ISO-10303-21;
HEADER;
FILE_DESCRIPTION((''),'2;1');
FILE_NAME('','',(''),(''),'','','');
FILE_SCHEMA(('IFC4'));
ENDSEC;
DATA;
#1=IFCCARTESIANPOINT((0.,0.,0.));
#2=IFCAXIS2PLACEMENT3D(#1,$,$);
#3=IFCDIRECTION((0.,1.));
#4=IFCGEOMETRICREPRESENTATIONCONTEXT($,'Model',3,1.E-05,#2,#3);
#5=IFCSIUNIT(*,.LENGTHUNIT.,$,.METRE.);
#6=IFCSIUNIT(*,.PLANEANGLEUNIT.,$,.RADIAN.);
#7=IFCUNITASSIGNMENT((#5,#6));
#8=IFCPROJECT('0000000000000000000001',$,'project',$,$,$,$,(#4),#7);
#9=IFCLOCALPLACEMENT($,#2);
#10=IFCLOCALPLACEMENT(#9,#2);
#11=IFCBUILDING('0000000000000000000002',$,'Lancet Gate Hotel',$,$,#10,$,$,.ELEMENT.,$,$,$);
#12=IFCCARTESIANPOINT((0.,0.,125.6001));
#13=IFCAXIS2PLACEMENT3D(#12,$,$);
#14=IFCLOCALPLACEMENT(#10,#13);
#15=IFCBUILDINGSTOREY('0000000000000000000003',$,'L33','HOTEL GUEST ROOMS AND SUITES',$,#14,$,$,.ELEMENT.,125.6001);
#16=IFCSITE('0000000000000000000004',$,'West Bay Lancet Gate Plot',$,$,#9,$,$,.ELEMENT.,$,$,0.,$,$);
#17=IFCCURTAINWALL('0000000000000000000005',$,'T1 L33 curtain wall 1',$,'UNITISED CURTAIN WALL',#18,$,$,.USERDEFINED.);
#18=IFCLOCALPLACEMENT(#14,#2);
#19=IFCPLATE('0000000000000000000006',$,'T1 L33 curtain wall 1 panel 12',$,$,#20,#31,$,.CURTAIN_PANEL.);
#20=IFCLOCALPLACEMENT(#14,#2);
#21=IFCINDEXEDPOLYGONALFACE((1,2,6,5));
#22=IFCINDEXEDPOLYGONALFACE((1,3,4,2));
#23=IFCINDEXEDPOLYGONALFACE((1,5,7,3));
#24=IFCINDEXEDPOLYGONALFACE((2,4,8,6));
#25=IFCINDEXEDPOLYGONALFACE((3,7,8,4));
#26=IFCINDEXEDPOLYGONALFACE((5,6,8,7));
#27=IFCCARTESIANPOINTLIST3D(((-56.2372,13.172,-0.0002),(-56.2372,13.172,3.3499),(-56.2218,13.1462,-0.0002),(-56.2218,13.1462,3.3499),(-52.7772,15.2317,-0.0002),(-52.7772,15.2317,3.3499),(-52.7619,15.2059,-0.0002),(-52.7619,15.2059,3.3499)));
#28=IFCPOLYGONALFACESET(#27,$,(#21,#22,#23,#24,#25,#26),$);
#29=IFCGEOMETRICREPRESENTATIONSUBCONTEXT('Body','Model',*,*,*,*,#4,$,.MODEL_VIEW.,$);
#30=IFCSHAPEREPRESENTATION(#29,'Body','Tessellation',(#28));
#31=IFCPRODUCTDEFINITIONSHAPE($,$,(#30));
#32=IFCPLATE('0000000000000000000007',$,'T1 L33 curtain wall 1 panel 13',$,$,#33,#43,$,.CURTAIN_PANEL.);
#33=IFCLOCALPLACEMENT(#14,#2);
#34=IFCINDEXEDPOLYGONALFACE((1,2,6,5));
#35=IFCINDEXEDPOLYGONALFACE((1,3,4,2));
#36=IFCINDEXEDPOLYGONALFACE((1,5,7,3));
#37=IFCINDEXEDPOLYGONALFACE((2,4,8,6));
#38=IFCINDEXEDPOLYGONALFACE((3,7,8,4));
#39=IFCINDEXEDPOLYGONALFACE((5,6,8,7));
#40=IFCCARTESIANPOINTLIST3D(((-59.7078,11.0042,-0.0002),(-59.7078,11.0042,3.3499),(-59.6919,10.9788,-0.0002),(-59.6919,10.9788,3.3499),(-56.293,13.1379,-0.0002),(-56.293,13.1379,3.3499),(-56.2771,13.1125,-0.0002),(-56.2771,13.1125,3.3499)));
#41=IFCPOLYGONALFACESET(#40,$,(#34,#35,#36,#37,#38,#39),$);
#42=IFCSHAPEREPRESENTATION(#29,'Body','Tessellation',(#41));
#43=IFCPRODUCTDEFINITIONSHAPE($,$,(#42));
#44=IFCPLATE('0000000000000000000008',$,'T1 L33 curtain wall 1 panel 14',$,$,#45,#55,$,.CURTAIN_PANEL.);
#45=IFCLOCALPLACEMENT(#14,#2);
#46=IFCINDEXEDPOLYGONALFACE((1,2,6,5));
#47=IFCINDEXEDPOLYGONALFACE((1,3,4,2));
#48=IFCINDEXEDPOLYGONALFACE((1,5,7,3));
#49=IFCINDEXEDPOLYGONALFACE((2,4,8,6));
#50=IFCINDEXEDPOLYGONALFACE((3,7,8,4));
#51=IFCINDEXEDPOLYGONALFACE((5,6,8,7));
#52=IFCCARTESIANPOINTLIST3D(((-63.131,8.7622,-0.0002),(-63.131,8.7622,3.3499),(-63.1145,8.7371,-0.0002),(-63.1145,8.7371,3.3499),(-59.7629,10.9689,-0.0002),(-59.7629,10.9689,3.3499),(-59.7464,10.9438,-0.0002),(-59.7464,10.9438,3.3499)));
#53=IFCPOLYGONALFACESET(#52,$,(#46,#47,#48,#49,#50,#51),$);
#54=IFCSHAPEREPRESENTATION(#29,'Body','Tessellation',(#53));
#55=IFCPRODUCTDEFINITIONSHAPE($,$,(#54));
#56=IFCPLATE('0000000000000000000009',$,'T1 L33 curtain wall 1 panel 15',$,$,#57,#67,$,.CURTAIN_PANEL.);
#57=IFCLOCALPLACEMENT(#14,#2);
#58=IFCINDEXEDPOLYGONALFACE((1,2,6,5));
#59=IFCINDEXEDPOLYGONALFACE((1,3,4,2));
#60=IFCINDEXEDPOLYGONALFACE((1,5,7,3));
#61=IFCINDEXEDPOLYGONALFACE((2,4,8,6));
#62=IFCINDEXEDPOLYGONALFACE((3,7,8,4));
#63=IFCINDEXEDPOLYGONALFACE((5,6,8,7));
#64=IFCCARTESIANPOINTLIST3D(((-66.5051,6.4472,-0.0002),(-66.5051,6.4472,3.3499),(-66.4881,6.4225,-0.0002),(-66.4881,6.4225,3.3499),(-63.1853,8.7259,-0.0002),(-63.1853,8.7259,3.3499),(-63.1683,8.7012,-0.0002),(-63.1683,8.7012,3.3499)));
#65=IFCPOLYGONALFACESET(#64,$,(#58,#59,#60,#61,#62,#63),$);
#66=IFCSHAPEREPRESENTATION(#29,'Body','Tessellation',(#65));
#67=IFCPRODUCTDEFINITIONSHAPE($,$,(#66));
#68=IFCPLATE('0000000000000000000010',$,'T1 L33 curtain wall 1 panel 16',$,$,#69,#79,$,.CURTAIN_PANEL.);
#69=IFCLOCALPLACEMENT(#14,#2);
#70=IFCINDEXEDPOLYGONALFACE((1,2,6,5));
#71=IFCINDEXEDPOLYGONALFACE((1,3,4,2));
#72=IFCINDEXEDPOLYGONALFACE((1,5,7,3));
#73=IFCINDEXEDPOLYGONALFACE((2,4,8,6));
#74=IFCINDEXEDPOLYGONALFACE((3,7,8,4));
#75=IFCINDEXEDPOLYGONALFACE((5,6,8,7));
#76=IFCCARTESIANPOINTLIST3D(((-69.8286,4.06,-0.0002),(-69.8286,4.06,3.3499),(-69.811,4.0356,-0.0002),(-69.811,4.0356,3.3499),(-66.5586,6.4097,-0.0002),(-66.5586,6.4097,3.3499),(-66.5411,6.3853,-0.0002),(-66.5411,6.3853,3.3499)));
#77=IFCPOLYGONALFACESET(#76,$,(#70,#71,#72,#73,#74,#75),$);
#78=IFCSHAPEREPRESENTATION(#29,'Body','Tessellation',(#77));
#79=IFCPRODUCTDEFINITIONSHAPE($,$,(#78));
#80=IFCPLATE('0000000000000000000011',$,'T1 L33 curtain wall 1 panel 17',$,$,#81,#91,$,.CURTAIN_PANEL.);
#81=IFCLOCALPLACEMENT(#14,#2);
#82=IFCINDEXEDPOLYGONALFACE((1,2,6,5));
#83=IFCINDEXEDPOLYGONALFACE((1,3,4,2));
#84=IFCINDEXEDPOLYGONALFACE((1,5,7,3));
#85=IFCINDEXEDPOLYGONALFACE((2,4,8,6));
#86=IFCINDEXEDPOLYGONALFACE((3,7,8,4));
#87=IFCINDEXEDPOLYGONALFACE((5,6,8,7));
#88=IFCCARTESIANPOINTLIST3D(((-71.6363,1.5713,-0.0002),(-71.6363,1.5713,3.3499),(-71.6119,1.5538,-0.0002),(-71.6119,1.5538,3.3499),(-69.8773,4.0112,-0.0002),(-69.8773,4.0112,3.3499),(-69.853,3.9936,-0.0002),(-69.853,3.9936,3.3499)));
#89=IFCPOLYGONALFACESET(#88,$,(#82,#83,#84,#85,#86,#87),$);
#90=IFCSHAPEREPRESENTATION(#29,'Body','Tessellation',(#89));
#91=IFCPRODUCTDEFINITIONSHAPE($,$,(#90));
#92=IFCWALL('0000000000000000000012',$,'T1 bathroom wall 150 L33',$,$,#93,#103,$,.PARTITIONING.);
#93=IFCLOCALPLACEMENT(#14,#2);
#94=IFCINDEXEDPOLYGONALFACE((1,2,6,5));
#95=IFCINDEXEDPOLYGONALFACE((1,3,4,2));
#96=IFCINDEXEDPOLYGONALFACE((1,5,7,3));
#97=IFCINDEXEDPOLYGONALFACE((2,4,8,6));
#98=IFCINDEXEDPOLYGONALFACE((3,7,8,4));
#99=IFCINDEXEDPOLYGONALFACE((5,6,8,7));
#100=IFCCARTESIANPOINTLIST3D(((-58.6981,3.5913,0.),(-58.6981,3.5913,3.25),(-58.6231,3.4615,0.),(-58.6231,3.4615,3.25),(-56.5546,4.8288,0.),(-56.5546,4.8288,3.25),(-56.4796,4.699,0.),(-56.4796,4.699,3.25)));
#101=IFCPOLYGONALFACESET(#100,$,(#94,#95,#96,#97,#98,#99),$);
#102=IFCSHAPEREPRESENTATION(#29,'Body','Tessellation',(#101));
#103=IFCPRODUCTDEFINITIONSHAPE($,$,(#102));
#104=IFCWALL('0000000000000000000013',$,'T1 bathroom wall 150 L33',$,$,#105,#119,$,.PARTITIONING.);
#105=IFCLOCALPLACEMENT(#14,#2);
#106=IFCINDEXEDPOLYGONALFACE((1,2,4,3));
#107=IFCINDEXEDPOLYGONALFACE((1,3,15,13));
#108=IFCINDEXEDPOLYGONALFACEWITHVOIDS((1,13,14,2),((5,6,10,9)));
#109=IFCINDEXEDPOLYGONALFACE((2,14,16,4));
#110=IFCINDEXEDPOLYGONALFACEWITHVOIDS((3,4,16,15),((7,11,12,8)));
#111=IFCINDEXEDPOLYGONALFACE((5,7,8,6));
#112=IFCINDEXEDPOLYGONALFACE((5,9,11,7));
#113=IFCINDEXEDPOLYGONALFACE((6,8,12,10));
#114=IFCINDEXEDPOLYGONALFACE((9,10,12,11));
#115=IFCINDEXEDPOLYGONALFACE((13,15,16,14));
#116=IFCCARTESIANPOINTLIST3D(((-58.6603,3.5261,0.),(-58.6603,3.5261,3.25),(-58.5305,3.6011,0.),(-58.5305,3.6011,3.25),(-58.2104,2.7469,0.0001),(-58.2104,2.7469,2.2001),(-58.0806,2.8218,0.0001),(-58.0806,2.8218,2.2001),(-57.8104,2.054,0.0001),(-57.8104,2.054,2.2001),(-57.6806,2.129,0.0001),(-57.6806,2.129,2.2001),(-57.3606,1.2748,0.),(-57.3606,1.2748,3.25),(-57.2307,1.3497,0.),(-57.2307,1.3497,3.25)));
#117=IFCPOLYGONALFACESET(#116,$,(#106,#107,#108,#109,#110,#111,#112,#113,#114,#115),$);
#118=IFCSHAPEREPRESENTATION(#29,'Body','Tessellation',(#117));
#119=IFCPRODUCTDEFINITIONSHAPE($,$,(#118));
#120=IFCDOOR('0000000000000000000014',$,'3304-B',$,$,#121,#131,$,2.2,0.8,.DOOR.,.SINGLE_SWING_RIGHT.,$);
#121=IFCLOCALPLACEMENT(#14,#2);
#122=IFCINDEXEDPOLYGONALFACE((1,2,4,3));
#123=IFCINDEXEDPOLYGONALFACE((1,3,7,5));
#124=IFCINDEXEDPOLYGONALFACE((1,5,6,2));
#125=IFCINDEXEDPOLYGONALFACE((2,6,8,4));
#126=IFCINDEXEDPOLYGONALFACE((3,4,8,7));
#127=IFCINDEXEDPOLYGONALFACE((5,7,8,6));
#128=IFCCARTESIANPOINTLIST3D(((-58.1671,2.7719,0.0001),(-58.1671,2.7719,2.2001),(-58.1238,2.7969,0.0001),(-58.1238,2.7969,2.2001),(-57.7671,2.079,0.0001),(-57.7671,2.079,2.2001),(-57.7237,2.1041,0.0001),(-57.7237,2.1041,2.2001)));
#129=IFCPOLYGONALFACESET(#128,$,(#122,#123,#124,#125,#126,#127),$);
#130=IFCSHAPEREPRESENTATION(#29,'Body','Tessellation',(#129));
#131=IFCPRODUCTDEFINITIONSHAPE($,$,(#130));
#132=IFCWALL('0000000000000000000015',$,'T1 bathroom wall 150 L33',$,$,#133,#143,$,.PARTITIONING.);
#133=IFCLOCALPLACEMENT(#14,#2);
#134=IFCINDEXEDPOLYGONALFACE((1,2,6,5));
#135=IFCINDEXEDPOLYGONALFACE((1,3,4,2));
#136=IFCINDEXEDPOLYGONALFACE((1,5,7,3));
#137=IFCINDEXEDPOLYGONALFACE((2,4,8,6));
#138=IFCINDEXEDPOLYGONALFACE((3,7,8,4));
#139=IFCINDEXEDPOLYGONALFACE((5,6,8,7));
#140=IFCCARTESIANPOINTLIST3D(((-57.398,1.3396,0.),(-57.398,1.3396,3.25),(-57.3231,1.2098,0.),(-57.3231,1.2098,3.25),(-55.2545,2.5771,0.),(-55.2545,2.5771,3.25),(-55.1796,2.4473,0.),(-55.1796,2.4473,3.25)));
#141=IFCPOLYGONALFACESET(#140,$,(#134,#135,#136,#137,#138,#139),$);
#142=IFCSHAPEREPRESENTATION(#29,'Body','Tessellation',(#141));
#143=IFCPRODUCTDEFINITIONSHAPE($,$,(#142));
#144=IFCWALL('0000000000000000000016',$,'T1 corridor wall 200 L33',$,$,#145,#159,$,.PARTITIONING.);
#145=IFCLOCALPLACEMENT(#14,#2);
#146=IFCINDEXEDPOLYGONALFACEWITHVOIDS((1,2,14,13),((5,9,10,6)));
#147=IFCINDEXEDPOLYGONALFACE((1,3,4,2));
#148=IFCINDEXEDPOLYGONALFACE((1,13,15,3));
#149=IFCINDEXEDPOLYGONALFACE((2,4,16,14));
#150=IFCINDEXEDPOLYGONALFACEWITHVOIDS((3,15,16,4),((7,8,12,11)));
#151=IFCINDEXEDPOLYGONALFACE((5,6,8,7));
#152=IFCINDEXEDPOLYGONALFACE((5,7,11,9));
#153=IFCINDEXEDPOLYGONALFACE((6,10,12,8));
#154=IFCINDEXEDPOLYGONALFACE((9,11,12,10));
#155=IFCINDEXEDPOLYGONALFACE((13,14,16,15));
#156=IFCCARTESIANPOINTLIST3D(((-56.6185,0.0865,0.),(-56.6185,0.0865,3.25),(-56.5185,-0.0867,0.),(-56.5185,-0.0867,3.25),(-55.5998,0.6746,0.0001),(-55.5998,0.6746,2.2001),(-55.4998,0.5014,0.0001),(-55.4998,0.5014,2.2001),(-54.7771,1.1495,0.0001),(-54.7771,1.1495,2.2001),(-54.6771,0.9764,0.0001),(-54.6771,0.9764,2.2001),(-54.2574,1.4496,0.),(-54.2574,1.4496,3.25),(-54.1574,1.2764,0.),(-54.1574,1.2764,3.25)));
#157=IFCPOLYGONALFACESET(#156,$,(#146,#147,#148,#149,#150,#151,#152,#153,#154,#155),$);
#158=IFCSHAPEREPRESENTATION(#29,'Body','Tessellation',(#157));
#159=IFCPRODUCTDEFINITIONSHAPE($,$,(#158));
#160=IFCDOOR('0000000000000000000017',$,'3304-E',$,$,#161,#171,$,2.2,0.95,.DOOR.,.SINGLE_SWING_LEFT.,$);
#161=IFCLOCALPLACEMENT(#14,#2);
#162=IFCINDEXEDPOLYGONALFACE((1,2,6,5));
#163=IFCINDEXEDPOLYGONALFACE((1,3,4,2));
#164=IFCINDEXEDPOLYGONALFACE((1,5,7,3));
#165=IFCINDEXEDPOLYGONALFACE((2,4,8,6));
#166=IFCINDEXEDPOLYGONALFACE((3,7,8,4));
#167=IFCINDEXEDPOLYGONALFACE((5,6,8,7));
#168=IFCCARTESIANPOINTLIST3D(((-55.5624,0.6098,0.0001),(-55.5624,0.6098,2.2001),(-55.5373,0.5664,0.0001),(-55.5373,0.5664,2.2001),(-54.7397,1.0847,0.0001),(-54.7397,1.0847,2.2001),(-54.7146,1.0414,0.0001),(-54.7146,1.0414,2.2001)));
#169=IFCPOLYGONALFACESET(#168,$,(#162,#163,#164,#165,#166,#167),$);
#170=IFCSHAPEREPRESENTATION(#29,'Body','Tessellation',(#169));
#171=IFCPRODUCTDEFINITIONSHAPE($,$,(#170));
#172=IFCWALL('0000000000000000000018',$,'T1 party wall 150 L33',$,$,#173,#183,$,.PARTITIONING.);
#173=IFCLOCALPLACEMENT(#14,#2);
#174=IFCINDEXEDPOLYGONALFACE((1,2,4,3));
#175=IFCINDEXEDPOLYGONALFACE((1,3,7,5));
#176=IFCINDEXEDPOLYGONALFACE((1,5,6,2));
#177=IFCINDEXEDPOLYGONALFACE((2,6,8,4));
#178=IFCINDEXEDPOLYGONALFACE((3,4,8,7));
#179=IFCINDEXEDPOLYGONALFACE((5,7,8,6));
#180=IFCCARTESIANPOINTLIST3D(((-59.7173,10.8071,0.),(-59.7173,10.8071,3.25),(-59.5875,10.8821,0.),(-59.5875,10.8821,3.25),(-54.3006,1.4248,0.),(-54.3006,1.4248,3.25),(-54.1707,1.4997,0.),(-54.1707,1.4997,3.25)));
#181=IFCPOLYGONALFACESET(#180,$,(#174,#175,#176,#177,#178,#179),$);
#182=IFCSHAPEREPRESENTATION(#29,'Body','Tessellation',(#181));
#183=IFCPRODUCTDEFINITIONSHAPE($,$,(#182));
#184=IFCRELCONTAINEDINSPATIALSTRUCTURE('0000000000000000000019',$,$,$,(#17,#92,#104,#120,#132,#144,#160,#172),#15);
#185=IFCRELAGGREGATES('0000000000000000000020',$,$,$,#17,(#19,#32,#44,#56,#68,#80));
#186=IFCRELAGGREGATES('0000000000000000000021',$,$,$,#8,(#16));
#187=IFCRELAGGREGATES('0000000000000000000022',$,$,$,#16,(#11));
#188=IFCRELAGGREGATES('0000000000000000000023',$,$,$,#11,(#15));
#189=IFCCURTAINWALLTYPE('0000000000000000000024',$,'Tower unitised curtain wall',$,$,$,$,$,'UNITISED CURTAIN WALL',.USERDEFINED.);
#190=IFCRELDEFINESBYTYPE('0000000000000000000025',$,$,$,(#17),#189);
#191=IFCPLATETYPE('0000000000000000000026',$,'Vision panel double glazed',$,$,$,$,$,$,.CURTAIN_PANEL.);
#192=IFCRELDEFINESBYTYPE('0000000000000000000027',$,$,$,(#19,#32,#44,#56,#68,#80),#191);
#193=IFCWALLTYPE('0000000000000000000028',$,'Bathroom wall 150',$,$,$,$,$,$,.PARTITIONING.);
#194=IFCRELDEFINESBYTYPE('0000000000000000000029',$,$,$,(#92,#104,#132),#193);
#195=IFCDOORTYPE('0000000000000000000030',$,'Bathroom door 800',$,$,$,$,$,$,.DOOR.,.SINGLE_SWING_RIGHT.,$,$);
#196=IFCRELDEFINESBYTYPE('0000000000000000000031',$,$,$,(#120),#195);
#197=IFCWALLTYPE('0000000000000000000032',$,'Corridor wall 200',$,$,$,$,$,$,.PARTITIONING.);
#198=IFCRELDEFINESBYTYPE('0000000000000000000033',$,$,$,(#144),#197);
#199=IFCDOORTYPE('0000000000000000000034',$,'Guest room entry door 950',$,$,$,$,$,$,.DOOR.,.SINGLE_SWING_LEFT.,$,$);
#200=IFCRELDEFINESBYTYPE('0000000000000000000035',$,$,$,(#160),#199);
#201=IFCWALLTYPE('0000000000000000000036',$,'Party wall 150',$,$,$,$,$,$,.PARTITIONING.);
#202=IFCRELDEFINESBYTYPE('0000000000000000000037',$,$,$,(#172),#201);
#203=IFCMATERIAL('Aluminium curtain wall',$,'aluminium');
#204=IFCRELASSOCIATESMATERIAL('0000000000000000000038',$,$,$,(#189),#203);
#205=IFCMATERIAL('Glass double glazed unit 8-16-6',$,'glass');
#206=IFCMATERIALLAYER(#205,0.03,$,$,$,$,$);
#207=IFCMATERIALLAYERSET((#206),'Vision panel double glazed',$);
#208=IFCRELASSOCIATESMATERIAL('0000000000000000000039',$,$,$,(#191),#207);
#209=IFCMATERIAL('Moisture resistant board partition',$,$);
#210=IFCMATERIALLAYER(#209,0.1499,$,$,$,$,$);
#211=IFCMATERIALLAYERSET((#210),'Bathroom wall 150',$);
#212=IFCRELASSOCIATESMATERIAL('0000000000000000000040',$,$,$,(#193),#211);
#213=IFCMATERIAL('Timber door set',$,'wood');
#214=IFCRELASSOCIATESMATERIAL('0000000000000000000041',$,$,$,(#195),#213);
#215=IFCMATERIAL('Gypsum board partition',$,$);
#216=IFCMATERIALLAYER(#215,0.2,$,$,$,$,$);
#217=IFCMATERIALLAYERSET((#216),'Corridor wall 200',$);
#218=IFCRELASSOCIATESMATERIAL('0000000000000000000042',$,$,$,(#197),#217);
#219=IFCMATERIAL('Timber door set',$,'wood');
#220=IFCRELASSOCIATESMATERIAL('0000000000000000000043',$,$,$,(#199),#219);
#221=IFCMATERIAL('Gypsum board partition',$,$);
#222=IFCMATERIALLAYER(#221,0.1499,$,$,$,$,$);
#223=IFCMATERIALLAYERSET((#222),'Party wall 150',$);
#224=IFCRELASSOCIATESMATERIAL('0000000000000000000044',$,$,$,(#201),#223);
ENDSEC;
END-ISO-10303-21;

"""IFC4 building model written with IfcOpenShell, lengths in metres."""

from ifc_helpers import new_model, si_unit, direction, frame, frame_2d, origin, origin_2d, place, context, subcontext, project, spatial, rectangle, extrude, material, layer, layer_set, type_object, element, fill, aggregate, save


model = new_model("IFC4")

# Units and contexts
model_context = context("Model", 3, precision=1e-05, world=origin(), true_north=direction((0.0, 1.0)))
body_context = subcontext(model_context, "Body", "Model", "MODEL_VIEW")
ifc_project = project(units=[si_unit("LENGTHUNIT", "METRE"), si_unit("PLANEANGLEUNIT", "RADIAN")], contexts=[model_context])

# Site, building, storey
site_placement = place(None, origin())
site = spatial("IfcSite", under=ifc_project, at=site_placement, Name="West Bay Lancet Gate Plot", CompositionType="ELEMENT", RefElevation=0.0)
building_placement = place(site_placement, origin())
building = spatial("IfcBuilding", under=site, at=building_placement, Name="Lancet Gate Hotel", CompositionType="ELEMENT")
storey_placement = place(building_placement, frame((0.0, 0.0, 125.6001)))
storey = spatial("IfcBuildingStorey", under=building, at=storey_placement, Name="L33", Description="HOTEL GUEST ROOMS AND SUITES", CompositionType="ELEMENT", Elevation=125.6001)

# Curtain wall
ifc_material_1 = material(Name="Aluminium curtain wall", Category="aluminium")
curtain_wall_type = type_object("IfcCurtainWallType", Name="Tower unitised curtain wall", ElementType="UNITISED CURTAIN WALL", PredefinedType="USERDEFINED", material=ifc_material_1)
curtain_wall_placement = place(storey_placement, origin())
curtain_wall = element("IfcCurtainWall", 1, at=curtain_wall_placement, inside=storey, type_object=curtain_wall_type, Name="T1 L33 curtain wall 1", ObjectType="UNITISED CURTAIN WALL", PredefinedType="USERDEFINED")

# Plates
ifc_material_2 = material(Name="Glass double glazed unit 8-16-6", Category="glass")
ifc_layer_1 = layer(ifc_material_2, 0.03)
ifc_layer_set_1 = layer_set([ifc_layer_1], Name="Vision panel double glazed")
plate_type = type_object("IfcPlateType", Name="Vision panel double glazed", PredefinedType="CURTAIN_PANEL", material=ifc_layer_set_1)
plate_1_placement = place(storey_placement, frame((-54.4995, 14.189, -0.0002), z_axis=(0.0, 0.0, 1.0), x_axis=(-0.859271, -0.51152, 0.0)))
plate_1 = element("IfcPlate", 2, at=plate_1_placement, type_object=plate_type, Name="T1 L33 curtain wall 1 panel 12", PredefinedType="CURTAIN_PANEL", context=body_context, shape_type="SweptSolid", body=[
    extrude(rectangle(XDim=4.0266, YDim=0.03, at=origin_2d()), origin(), (0.0, 0.0, 1.0), 3.3501),
])
plate_2_placement = place(storey_placement, frame((-57.9924, 12.0583, -0.0002), z_axis=(0.0, 0.0, 1.0), x_axis=(-0.848061, -0.529899, 0.0)))
plate_2 = element("IfcPlate", 3, at=plate_2_placement, type_object=plate_type, Name="T1 L33 curtain wall 1 panel 13", PredefinedType="CURTAIN_PANEL", context=body_context, shape_type="SweptSolid", body=[
    extrude(rectangle(XDim=4.0266, YDim=0.03, at=origin_2d()), origin(), (0.0, 0.0, 1.0), 3.3501),
])
plate_3_placement = place(storey_placement, frame((-61.4387, 9.853, -0.0002), z_axis=(0.0, 0.0, 1.0), x_axis=(-0.836458, -0.548032, 0.0)))
plate_3 = element("IfcPlate", 4, at=plate_3_placement, type_object=plate_type, Name="T1 L33 curtain wall 1 panel 14", PredefinedType="CURTAIN_PANEL", context=body_context, shape_type="SweptSolid", body=[
    extrude(rectangle(XDim=4.0266, YDim=0.03, at=origin_2d()), origin(), (0.0, 0.0, 1.0), 3.3501),
])
plate_4_placement = place(storey_placement, frame((-64.8367, 7.5742, -0.0002), z_axis=(0.0, 0.0, 1.0), x_axis=(-0.824466, -0.565911, 0.0)))
plate_4 = element("IfcPlate", 5, at=plate_4_placement, type_object=plate_type, Name="T1 L33 curtain wall 1 panel 15", PredefinedType="CURTAIN_PANEL", context=body_context, shape_type="SweptSolid", body=[
    extrude(rectangle(XDim=4.0266, YDim=0.03, at=origin_2d()), origin(), (0.0, 0.0, 1.0), 3.3501),
])
plate_5_placement = place(storey_placement, frame((-68.1848, 5.2227, -0.0002), z_axis=(0.0, 0.0, 1.0), x_axis=(-0.812093, -0.583528, 0.0)))
plate_5 = element("IfcPlate", 6, at=plate_5_placement, type_object=plate_type, Name="T1 L33 curtain wall 1 panel 16", PredefinedType="CURTAIN_PANEL", context=body_context, shape_type="SweptSolid", body=[
    extrude(rectangle(XDim=4.0266, YDim=0.03, at=origin_2d()), origin(), (0.0, 0.0, 1.0), 3.3501),
])
plate_6_placement = place(storey_placement, frame((-70.7446, 2.7825, -0.0002), z_axis=(0.0, 0.0, 1.0), x_axis=(-0.584809, -0.811171, 0.0)))
plate_6 = element("IfcPlate", 7, at=plate_6_placement, type_object=plate_type, Name="T1 L33 curtain wall 1 panel 17", PredefinedType="CURTAIN_PANEL", context=body_context, shape_type="SweptSolid", body=[
    extrude(rectangle(XDim=3.0078, YDim=0.03, at=origin_2d()), origin(), (0.0, 0.0, 1.0), 3.3501),
])
aggregate(curtain_wall, [plate_1, plate_2, plate_3, plate_4, plate_5, plate_6])

# Wall
ifc_material_3 = material(Name="Moisture resistant board partition")
ifc_layer_2 = layer(ifc_material_3, 0.1499)
ifc_layer_set_2 = layer_set([ifc_layer_2], Name="Bathroom wall 150")
wall_type_1 = type_object("IfcWallType", Name="Bathroom wall 150", PredefinedType="PARTITIONING", material=ifc_layer_set_2)
wall_1_placement = place(storey_placement, frame((-56.5171, 4.7639, 0.0), z_axis=(0.0, 0.0, 1.0), x_axis=(-0.866031, -0.49999, 0.0)))
element("IfcWall", 8, at=wall_1_placement, inside=storey, type_object=wall_type_1, Name="T1 bathroom wall 150 L33", PredefinedType="PARTITIONING", context=body_context, shape_type="SweptSolid", body=[
    extrude(rectangle(XDim=2.4751, YDim=0.1499, at=frame_2d((1.2375, 0.0))), origin(), (0.0, 0.0, 1.0), 3.25),
])

# Wall, opening, door
wall_2_placement = place(storey_placement, frame((-57.2957, 1.3123, 0.0), z_axis=(0.0, 0.0, 1.0), x_axis=(-0.499977, 0.866039, 0.0)))
wall_2 = element("IfcWall", 9, at=wall_2_placement, inside=storey, type_object=wall_type_1, Name="T1 bathroom wall 150 L33", PredefinedType="PARTITIONING", context=body_context, shape_type="SweptSolid", body=[
    extrude(rectangle(XDim=2.5996, YDim=0.1499, at=frame_2d((1.2998, 0.0))), origin(), (0.0, 0.0, 1.0), 3.25),
])
opening_1_placement = place(wall_2_placement, frame((0.8999, 0.0, 0.0)))
opening_1 = element("IfcOpeningElement", 10, at=opening_1_placement, cuts=wall_2, PredefinedType="OPENING", context=body_context, shape_type="SweptSolid", body=[
    extrude(rectangle(XDim=0.8, YDim=2.2, at=frame_2d((0.3999, 1.1001))), frame((0.0, 0.085, 0.0), z_axis=(0.0, -1.0, 0.0), x_axis=(1.0, 0.0, 0.0)), (0.0, 0.0, 1.0), 0.1699),
])
ifc_material_4 = material(Name="Timber door set", Category="wood")
door_type_1 = type_object("IfcDoorType", Name="Bathroom door 800", OperationType="SINGLE_SWING_RIGHT", PredefinedType="DOOR", material=ifc_material_4)
door_1_placement = place(opening_1_placement, origin())
door_1 = element("IfcDoor", 11, at=door_1_placement, inside=storey, type_object=door_type_1, Name="3304-B", OperationType="SINGLE_SWING_RIGHT", OverallHeight=2.2, OverallWidth=0.8, PredefinedType="DOOR", context=body_context, shape_type="SweptSolid", body=[
    extrude(rectangle(XDim=0.8, YDim=2.2, at=frame_2d((0.3999, 1.1001))), frame((0.0, 0.0249, 0.0), z_axis=(0.0, -1.0, 0.0), x_axis=(1.0, 0.0, 0.0)), (0.0, 0.0, 1.0), 0.05),
])
fill(opening_1, door_1)

# Wall
wall_3_placement = place(storey_placement, frame((-55.217, 2.5122, 0.0), z_axis=(0.0, 0.0, 1.0), x_axis=(-0.866031, -0.49999, 0.0)))
element("IfcWall", 12, at=wall_3_placement, inside=storey, type_object=wall_type_1, Name="T1 bathroom wall 150 L33", PredefinedType="PARTITIONING", context=body_context, shape_type="SweptSolid", body=[
    extrude(rectangle(XDim=2.4751, YDim=0.1499, at=frame_2d((1.2375, 0.0))), origin(), (0.0, 0.0, 1.0), 3.25),
])

# Wall, opening, door
ifc_material_5 = material(Name="Gypsum board partition")
ifc_layer_3 = layer(ifc_material_5, 0.2)
ifc_layer_set_3 = layer_set([ifc_layer_3], Name="Corridor wall 200")
wall_type_2 = type_object("IfcWallType", Name="Corridor wall 200", PredefinedType="PARTITIONING", material=ifc_layer_set_3)
wall_4_placement = place(storey_placement, frame((-54.2073, 1.363, 0.0), z_axis=(0.0, 0.0, 1.0), x_axis=(-0.866047, -0.499963, 0.0)))
wall_4 = element("IfcWall", 13, at=wall_4_placement, inside=storey, type_object=wall_type_2, Name="T1 corridor wall 200 L33", PredefinedType="PARTITIONING", context=body_context, shape_type="SweptSolid", body=[
    extrude(rectangle(XDim=2.7263, YDim=0.2, at=frame_2d((1.3633, 0.0))), origin(), (0.0, 0.0, 1.0), 3.25),
])
opening_2_placement = place(wall_4_placement, frame((0.6001, 0.0, 0.0)))
opening_2 = element("IfcOpeningElement", 14, at=opening_2_placement, cuts=wall_4, PredefinedType="OPENING", context=body_context, shape_type="SweptSolid", body=[
    extrude(rectangle(XDim=0.95, YDim=2.2, at=frame_2d((0.4751, 1.1001))), frame((0.0, 0.1099, 0.0), z_axis=(0.0, -1.0, 0.0), x_axis=(1.0, 0.0, 0.0)), (0.0, 0.0, 1.0), 0.22),
])
ifc_material_6 = material(Name="Timber door set", Category="wood")
door_type_2 = type_object("IfcDoorType", Name="Guest room entry door 950", OperationType="SINGLE_SWING_LEFT", PredefinedType="DOOR", material=ifc_material_6)
door_2_placement = place(opening_2_placement, origin())
door_2 = element("IfcDoor", 15, at=door_2_placement, inside=storey, type_object=door_type_2, Name="3304-E", OperationType="SINGLE_SWING_LEFT", OverallHeight=2.2, OverallWidth=0.95, PredefinedType="DOOR", context=body_context, shape_type="SweptSolid", body=[
    extrude(rectangle(XDim=0.95, YDim=2.2, at=frame_2d((0.4751, 1.1001))), frame((0.0, 0.0249, 0.0), z_axis=(0.0, -1.0, 0.0), x_axis=(1.0, 0.0, 0.0)), (0.0, 0.0, 1.0), 0.05),
])
fill(opening_2, door_2)

# Wall
ifc_material_7 = material(Name="Gypsum board partition")
ifc_layer_4 = layer(ifc_material_7, 0.1499)
ifc_layer_set_4 = layer_set([ifc_layer_4], Name="Party wall 150")
wall_type_3 = type_object("IfcWallType", Name="Party wall 150", PredefinedType="PARTITIONING", material=ifc_layer_set_4)
wall_5_placement = place(storey_placement, frame((-54.2356, 1.4622, 0.0), z_axis=(0.0, 0.0, 1.0), x_axis=(-0.49999, 0.866031, 0.0)))
element("IfcWall", 16, at=wall_5_placement, inside=storey, type_object=wall_type_3, Name="T1 party wall 150 L33", PredefinedType="PARTITIONING", context=body_context, shape_type="SweptSolid", body=[
    extrude(rectangle(XDim=10.8337, YDim=0.1499, at=frame_2d((5.417, 0.0))), origin(), (0.0, 0.0, 1.0), 3.25),
])

save(model, "model.ifc")
